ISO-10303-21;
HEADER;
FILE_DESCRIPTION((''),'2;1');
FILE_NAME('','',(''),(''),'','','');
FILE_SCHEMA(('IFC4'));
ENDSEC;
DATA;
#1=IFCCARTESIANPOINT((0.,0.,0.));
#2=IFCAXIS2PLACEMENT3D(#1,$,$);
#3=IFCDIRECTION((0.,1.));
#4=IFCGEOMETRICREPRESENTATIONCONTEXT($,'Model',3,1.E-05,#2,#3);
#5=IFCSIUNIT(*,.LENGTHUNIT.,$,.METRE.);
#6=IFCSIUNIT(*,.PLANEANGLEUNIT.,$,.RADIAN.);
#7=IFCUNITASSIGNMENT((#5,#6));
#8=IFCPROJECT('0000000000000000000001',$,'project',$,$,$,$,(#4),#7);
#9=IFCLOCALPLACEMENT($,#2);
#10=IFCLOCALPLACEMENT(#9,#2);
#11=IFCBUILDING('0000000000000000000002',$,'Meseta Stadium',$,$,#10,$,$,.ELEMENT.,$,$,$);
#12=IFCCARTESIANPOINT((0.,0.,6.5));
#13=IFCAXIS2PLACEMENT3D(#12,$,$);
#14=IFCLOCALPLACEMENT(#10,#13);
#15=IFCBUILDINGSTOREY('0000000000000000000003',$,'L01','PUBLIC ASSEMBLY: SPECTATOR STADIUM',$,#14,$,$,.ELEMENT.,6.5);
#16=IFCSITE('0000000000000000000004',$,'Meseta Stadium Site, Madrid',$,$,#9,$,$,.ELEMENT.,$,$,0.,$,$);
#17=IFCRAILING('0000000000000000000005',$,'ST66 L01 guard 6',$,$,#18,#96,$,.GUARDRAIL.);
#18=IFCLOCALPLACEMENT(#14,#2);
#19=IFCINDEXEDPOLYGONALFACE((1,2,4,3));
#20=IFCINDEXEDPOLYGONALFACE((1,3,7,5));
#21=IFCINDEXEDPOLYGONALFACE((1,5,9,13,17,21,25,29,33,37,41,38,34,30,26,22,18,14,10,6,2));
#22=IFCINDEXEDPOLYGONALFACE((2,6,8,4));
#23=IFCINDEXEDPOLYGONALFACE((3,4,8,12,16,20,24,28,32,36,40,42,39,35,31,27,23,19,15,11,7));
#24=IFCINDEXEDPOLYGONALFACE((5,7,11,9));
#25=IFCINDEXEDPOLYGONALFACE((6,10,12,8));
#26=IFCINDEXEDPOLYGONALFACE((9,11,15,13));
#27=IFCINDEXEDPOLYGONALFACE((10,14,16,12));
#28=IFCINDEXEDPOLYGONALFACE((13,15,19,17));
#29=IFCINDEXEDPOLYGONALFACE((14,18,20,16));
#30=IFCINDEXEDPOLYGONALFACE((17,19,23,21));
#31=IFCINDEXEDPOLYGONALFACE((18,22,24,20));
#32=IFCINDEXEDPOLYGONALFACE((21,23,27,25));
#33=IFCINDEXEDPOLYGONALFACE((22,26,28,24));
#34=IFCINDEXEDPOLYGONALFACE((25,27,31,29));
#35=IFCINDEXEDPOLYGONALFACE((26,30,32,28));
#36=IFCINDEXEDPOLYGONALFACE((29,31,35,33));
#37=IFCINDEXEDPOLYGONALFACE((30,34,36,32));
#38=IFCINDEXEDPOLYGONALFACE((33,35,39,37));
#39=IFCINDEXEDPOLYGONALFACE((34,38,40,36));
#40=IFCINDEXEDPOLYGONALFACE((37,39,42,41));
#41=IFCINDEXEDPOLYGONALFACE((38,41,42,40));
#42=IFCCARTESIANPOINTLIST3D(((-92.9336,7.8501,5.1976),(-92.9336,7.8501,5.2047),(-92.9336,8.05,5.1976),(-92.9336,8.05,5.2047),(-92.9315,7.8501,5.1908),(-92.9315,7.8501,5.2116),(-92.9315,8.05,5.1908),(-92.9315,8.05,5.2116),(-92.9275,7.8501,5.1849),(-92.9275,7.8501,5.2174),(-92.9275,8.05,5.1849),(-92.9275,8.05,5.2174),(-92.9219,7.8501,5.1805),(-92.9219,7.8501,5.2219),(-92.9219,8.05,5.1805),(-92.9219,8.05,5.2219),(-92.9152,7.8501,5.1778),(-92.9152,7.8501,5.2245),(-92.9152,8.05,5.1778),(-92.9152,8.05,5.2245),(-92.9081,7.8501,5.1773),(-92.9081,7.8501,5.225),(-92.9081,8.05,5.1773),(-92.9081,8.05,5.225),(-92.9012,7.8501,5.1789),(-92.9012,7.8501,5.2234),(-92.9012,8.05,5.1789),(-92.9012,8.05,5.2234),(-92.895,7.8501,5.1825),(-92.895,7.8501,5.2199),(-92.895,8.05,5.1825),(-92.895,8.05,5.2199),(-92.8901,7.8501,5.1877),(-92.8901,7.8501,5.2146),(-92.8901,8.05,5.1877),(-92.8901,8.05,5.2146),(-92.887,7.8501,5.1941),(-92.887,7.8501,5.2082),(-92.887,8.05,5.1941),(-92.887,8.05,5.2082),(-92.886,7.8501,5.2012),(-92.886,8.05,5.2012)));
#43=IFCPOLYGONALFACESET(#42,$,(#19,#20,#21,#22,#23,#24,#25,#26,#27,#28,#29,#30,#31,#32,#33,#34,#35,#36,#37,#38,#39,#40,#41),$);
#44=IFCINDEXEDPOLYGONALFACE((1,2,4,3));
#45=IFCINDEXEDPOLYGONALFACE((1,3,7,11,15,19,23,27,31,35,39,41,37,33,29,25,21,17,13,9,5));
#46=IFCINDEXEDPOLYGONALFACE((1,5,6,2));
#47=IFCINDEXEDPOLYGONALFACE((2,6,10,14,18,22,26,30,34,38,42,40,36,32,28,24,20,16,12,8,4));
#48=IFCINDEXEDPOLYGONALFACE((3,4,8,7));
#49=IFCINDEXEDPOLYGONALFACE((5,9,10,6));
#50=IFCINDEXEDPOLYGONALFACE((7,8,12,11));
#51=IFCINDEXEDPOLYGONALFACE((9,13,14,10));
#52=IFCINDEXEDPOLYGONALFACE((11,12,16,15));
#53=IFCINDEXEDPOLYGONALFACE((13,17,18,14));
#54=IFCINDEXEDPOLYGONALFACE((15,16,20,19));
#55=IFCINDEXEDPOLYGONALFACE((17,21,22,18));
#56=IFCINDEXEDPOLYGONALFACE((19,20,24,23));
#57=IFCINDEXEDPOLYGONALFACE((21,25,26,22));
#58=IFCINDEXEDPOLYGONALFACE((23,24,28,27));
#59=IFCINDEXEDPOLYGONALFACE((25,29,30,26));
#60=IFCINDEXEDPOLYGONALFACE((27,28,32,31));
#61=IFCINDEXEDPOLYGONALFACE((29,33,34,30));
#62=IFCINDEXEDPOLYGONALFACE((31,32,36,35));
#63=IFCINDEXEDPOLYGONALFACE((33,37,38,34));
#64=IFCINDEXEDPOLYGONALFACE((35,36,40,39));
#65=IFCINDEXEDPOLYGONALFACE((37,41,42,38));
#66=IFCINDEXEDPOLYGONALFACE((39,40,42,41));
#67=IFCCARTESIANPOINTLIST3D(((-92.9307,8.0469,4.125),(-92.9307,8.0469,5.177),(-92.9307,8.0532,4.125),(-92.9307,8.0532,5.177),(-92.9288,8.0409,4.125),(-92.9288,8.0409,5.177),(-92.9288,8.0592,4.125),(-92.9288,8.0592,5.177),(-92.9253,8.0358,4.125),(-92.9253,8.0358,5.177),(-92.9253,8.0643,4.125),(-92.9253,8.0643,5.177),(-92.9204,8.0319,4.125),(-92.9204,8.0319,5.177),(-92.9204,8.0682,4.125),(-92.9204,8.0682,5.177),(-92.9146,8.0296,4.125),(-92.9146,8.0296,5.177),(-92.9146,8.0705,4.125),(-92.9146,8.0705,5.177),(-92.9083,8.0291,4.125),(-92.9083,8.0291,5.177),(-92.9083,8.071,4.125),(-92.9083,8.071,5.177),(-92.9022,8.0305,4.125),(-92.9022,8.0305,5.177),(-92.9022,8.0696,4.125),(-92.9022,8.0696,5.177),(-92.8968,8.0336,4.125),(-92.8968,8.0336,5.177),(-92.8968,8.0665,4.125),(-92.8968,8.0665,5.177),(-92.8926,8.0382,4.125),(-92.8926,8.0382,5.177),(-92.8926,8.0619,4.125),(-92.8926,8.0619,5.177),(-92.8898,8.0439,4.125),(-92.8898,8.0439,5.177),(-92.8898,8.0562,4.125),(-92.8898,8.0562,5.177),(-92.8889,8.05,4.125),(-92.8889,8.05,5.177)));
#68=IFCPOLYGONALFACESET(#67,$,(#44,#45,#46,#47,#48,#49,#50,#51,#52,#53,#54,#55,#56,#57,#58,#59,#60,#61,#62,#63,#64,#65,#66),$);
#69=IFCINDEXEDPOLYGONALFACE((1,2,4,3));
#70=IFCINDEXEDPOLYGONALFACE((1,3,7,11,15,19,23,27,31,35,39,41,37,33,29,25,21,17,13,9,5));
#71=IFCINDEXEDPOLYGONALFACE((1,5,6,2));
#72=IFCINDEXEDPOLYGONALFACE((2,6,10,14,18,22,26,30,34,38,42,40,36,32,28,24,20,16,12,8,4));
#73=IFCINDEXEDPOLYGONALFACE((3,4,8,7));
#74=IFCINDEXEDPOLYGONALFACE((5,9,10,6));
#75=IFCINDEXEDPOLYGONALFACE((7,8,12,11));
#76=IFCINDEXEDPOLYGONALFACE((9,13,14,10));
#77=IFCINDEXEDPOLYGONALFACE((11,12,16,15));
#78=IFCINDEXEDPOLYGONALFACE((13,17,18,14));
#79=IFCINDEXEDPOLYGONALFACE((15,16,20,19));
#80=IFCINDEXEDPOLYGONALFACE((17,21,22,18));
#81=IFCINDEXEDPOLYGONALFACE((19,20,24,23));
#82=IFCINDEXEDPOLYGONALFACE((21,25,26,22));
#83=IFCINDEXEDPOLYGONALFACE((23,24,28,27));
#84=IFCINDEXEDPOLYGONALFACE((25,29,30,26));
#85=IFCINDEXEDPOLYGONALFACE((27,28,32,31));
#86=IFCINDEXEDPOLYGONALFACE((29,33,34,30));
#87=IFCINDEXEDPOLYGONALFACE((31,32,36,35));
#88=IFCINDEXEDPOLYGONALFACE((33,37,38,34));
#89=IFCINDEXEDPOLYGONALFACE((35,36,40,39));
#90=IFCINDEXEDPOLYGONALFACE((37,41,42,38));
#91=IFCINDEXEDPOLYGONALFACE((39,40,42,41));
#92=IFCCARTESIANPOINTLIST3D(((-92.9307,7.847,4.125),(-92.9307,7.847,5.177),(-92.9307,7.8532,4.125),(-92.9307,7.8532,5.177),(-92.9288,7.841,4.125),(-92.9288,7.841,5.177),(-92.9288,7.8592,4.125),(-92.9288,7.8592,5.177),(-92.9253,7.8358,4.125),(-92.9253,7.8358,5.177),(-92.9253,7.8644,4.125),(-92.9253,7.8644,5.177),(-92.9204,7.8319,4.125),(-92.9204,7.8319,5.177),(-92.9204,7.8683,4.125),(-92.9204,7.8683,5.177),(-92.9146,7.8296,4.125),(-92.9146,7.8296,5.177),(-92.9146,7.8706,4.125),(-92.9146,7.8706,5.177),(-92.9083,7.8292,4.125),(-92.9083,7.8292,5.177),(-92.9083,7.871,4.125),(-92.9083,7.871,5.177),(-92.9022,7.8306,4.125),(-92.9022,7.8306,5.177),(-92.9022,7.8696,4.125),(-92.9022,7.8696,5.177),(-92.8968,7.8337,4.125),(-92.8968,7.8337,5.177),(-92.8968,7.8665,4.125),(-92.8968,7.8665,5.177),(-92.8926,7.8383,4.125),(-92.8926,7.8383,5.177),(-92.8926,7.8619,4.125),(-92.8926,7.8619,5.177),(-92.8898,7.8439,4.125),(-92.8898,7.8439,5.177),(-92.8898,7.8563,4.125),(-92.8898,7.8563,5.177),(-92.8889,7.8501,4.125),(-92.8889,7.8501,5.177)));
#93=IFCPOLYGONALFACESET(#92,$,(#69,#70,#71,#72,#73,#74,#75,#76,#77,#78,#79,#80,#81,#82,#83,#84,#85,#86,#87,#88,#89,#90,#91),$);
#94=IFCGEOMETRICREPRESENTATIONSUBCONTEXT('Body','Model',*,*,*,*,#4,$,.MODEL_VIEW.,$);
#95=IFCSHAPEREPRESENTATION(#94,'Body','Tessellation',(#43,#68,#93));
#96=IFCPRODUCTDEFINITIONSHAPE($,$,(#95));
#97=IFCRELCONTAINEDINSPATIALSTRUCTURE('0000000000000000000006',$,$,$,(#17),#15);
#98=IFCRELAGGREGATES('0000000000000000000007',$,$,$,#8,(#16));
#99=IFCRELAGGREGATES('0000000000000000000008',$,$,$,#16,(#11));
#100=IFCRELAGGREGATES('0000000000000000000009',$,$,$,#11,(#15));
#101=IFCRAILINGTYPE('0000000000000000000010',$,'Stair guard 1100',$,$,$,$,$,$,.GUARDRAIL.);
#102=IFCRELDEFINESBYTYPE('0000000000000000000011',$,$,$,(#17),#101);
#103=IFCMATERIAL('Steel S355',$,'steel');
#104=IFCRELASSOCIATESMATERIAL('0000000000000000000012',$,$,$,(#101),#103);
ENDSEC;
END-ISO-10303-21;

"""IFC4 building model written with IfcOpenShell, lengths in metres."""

from ifc_helpers import new_model, si_unit, direction, frame, origin, origin_2d, place, context, subcontext, project, spatial, circle, extrude, material, type_object, element, save


model = new_model("IFC4")

# Units and contexts
model_context = context("Model", 3, precision=1e-05, world=origin(), true_north=direction((0.0, 1.0)))
body_context = subcontext(model_context, "Body", "Model", "MODEL_VIEW")
ifc_project = project(units=[si_unit("LENGTHUNIT", "METRE"), si_unit("PLANEANGLEUNIT", "RADIAN")], contexts=[model_context])

# Site, building, storey
site_placement = place(None, origin())
site = spatial("IfcSite", under=ifc_project, at=site_placement, Name="Meseta Stadium Site, Madrid", CompositionType="ELEMENT", RefElevation=0.0)
building_placement = place(site_placement, origin())
building = spatial("IfcBuilding", under=site, at=building_placement, Name="Meseta Stadium", CompositionType="ELEMENT")
storey_placement = place(building_placement, frame((0.0, 0.0, 6.5)))
storey = spatial("IfcBuildingStorey", under=building, at=storey_placement, Name="L01", Description="PUBLIC ASSEMBLY: SPECTATOR STADIUM", CompositionType="ELEMENT", Elevation=6.5)

# Railing
ifc_material_1 = material(Name="Steel S355", Category="steel")
railing_type_1 = type_object("IfcRailingType", Name="Stair guard 1100", PredefinedType="GUARDRAIL", material=ifc_material_1)
railing_1_placement = place(storey_placement, frame((-92.9099, 8.05, 4.125)))
element("IfcRailing", 1, at=railing_1_placement, inside=storey, type_object=railing_type_1, Name="ST66 L01 guard 6", PredefinedType="GUARDRAIL", context=body_context, shape_type="SweptSolid", body=[
    extrude(circle(Radius=0.0239, at=origin_2d()), frame((0.0, 0.0, 1.0762), z_axis=(0.0, -1.0, 0.0), x_axis=(1.0, 0.0, 0.0)), (0.0, 0.0, 1.0), 0.2),
    extrude(circle(Radius=0.021, at=origin_2d()), origin(), (0.0, 0.0, 1.0), 1.052),
    extrude(circle(Radius=0.021, at=origin_2d()), frame((0.0, -0.2, 0.0)), (0.0, 0.0, 1.0), 1.052),
])

save(model, "model.ifc")
